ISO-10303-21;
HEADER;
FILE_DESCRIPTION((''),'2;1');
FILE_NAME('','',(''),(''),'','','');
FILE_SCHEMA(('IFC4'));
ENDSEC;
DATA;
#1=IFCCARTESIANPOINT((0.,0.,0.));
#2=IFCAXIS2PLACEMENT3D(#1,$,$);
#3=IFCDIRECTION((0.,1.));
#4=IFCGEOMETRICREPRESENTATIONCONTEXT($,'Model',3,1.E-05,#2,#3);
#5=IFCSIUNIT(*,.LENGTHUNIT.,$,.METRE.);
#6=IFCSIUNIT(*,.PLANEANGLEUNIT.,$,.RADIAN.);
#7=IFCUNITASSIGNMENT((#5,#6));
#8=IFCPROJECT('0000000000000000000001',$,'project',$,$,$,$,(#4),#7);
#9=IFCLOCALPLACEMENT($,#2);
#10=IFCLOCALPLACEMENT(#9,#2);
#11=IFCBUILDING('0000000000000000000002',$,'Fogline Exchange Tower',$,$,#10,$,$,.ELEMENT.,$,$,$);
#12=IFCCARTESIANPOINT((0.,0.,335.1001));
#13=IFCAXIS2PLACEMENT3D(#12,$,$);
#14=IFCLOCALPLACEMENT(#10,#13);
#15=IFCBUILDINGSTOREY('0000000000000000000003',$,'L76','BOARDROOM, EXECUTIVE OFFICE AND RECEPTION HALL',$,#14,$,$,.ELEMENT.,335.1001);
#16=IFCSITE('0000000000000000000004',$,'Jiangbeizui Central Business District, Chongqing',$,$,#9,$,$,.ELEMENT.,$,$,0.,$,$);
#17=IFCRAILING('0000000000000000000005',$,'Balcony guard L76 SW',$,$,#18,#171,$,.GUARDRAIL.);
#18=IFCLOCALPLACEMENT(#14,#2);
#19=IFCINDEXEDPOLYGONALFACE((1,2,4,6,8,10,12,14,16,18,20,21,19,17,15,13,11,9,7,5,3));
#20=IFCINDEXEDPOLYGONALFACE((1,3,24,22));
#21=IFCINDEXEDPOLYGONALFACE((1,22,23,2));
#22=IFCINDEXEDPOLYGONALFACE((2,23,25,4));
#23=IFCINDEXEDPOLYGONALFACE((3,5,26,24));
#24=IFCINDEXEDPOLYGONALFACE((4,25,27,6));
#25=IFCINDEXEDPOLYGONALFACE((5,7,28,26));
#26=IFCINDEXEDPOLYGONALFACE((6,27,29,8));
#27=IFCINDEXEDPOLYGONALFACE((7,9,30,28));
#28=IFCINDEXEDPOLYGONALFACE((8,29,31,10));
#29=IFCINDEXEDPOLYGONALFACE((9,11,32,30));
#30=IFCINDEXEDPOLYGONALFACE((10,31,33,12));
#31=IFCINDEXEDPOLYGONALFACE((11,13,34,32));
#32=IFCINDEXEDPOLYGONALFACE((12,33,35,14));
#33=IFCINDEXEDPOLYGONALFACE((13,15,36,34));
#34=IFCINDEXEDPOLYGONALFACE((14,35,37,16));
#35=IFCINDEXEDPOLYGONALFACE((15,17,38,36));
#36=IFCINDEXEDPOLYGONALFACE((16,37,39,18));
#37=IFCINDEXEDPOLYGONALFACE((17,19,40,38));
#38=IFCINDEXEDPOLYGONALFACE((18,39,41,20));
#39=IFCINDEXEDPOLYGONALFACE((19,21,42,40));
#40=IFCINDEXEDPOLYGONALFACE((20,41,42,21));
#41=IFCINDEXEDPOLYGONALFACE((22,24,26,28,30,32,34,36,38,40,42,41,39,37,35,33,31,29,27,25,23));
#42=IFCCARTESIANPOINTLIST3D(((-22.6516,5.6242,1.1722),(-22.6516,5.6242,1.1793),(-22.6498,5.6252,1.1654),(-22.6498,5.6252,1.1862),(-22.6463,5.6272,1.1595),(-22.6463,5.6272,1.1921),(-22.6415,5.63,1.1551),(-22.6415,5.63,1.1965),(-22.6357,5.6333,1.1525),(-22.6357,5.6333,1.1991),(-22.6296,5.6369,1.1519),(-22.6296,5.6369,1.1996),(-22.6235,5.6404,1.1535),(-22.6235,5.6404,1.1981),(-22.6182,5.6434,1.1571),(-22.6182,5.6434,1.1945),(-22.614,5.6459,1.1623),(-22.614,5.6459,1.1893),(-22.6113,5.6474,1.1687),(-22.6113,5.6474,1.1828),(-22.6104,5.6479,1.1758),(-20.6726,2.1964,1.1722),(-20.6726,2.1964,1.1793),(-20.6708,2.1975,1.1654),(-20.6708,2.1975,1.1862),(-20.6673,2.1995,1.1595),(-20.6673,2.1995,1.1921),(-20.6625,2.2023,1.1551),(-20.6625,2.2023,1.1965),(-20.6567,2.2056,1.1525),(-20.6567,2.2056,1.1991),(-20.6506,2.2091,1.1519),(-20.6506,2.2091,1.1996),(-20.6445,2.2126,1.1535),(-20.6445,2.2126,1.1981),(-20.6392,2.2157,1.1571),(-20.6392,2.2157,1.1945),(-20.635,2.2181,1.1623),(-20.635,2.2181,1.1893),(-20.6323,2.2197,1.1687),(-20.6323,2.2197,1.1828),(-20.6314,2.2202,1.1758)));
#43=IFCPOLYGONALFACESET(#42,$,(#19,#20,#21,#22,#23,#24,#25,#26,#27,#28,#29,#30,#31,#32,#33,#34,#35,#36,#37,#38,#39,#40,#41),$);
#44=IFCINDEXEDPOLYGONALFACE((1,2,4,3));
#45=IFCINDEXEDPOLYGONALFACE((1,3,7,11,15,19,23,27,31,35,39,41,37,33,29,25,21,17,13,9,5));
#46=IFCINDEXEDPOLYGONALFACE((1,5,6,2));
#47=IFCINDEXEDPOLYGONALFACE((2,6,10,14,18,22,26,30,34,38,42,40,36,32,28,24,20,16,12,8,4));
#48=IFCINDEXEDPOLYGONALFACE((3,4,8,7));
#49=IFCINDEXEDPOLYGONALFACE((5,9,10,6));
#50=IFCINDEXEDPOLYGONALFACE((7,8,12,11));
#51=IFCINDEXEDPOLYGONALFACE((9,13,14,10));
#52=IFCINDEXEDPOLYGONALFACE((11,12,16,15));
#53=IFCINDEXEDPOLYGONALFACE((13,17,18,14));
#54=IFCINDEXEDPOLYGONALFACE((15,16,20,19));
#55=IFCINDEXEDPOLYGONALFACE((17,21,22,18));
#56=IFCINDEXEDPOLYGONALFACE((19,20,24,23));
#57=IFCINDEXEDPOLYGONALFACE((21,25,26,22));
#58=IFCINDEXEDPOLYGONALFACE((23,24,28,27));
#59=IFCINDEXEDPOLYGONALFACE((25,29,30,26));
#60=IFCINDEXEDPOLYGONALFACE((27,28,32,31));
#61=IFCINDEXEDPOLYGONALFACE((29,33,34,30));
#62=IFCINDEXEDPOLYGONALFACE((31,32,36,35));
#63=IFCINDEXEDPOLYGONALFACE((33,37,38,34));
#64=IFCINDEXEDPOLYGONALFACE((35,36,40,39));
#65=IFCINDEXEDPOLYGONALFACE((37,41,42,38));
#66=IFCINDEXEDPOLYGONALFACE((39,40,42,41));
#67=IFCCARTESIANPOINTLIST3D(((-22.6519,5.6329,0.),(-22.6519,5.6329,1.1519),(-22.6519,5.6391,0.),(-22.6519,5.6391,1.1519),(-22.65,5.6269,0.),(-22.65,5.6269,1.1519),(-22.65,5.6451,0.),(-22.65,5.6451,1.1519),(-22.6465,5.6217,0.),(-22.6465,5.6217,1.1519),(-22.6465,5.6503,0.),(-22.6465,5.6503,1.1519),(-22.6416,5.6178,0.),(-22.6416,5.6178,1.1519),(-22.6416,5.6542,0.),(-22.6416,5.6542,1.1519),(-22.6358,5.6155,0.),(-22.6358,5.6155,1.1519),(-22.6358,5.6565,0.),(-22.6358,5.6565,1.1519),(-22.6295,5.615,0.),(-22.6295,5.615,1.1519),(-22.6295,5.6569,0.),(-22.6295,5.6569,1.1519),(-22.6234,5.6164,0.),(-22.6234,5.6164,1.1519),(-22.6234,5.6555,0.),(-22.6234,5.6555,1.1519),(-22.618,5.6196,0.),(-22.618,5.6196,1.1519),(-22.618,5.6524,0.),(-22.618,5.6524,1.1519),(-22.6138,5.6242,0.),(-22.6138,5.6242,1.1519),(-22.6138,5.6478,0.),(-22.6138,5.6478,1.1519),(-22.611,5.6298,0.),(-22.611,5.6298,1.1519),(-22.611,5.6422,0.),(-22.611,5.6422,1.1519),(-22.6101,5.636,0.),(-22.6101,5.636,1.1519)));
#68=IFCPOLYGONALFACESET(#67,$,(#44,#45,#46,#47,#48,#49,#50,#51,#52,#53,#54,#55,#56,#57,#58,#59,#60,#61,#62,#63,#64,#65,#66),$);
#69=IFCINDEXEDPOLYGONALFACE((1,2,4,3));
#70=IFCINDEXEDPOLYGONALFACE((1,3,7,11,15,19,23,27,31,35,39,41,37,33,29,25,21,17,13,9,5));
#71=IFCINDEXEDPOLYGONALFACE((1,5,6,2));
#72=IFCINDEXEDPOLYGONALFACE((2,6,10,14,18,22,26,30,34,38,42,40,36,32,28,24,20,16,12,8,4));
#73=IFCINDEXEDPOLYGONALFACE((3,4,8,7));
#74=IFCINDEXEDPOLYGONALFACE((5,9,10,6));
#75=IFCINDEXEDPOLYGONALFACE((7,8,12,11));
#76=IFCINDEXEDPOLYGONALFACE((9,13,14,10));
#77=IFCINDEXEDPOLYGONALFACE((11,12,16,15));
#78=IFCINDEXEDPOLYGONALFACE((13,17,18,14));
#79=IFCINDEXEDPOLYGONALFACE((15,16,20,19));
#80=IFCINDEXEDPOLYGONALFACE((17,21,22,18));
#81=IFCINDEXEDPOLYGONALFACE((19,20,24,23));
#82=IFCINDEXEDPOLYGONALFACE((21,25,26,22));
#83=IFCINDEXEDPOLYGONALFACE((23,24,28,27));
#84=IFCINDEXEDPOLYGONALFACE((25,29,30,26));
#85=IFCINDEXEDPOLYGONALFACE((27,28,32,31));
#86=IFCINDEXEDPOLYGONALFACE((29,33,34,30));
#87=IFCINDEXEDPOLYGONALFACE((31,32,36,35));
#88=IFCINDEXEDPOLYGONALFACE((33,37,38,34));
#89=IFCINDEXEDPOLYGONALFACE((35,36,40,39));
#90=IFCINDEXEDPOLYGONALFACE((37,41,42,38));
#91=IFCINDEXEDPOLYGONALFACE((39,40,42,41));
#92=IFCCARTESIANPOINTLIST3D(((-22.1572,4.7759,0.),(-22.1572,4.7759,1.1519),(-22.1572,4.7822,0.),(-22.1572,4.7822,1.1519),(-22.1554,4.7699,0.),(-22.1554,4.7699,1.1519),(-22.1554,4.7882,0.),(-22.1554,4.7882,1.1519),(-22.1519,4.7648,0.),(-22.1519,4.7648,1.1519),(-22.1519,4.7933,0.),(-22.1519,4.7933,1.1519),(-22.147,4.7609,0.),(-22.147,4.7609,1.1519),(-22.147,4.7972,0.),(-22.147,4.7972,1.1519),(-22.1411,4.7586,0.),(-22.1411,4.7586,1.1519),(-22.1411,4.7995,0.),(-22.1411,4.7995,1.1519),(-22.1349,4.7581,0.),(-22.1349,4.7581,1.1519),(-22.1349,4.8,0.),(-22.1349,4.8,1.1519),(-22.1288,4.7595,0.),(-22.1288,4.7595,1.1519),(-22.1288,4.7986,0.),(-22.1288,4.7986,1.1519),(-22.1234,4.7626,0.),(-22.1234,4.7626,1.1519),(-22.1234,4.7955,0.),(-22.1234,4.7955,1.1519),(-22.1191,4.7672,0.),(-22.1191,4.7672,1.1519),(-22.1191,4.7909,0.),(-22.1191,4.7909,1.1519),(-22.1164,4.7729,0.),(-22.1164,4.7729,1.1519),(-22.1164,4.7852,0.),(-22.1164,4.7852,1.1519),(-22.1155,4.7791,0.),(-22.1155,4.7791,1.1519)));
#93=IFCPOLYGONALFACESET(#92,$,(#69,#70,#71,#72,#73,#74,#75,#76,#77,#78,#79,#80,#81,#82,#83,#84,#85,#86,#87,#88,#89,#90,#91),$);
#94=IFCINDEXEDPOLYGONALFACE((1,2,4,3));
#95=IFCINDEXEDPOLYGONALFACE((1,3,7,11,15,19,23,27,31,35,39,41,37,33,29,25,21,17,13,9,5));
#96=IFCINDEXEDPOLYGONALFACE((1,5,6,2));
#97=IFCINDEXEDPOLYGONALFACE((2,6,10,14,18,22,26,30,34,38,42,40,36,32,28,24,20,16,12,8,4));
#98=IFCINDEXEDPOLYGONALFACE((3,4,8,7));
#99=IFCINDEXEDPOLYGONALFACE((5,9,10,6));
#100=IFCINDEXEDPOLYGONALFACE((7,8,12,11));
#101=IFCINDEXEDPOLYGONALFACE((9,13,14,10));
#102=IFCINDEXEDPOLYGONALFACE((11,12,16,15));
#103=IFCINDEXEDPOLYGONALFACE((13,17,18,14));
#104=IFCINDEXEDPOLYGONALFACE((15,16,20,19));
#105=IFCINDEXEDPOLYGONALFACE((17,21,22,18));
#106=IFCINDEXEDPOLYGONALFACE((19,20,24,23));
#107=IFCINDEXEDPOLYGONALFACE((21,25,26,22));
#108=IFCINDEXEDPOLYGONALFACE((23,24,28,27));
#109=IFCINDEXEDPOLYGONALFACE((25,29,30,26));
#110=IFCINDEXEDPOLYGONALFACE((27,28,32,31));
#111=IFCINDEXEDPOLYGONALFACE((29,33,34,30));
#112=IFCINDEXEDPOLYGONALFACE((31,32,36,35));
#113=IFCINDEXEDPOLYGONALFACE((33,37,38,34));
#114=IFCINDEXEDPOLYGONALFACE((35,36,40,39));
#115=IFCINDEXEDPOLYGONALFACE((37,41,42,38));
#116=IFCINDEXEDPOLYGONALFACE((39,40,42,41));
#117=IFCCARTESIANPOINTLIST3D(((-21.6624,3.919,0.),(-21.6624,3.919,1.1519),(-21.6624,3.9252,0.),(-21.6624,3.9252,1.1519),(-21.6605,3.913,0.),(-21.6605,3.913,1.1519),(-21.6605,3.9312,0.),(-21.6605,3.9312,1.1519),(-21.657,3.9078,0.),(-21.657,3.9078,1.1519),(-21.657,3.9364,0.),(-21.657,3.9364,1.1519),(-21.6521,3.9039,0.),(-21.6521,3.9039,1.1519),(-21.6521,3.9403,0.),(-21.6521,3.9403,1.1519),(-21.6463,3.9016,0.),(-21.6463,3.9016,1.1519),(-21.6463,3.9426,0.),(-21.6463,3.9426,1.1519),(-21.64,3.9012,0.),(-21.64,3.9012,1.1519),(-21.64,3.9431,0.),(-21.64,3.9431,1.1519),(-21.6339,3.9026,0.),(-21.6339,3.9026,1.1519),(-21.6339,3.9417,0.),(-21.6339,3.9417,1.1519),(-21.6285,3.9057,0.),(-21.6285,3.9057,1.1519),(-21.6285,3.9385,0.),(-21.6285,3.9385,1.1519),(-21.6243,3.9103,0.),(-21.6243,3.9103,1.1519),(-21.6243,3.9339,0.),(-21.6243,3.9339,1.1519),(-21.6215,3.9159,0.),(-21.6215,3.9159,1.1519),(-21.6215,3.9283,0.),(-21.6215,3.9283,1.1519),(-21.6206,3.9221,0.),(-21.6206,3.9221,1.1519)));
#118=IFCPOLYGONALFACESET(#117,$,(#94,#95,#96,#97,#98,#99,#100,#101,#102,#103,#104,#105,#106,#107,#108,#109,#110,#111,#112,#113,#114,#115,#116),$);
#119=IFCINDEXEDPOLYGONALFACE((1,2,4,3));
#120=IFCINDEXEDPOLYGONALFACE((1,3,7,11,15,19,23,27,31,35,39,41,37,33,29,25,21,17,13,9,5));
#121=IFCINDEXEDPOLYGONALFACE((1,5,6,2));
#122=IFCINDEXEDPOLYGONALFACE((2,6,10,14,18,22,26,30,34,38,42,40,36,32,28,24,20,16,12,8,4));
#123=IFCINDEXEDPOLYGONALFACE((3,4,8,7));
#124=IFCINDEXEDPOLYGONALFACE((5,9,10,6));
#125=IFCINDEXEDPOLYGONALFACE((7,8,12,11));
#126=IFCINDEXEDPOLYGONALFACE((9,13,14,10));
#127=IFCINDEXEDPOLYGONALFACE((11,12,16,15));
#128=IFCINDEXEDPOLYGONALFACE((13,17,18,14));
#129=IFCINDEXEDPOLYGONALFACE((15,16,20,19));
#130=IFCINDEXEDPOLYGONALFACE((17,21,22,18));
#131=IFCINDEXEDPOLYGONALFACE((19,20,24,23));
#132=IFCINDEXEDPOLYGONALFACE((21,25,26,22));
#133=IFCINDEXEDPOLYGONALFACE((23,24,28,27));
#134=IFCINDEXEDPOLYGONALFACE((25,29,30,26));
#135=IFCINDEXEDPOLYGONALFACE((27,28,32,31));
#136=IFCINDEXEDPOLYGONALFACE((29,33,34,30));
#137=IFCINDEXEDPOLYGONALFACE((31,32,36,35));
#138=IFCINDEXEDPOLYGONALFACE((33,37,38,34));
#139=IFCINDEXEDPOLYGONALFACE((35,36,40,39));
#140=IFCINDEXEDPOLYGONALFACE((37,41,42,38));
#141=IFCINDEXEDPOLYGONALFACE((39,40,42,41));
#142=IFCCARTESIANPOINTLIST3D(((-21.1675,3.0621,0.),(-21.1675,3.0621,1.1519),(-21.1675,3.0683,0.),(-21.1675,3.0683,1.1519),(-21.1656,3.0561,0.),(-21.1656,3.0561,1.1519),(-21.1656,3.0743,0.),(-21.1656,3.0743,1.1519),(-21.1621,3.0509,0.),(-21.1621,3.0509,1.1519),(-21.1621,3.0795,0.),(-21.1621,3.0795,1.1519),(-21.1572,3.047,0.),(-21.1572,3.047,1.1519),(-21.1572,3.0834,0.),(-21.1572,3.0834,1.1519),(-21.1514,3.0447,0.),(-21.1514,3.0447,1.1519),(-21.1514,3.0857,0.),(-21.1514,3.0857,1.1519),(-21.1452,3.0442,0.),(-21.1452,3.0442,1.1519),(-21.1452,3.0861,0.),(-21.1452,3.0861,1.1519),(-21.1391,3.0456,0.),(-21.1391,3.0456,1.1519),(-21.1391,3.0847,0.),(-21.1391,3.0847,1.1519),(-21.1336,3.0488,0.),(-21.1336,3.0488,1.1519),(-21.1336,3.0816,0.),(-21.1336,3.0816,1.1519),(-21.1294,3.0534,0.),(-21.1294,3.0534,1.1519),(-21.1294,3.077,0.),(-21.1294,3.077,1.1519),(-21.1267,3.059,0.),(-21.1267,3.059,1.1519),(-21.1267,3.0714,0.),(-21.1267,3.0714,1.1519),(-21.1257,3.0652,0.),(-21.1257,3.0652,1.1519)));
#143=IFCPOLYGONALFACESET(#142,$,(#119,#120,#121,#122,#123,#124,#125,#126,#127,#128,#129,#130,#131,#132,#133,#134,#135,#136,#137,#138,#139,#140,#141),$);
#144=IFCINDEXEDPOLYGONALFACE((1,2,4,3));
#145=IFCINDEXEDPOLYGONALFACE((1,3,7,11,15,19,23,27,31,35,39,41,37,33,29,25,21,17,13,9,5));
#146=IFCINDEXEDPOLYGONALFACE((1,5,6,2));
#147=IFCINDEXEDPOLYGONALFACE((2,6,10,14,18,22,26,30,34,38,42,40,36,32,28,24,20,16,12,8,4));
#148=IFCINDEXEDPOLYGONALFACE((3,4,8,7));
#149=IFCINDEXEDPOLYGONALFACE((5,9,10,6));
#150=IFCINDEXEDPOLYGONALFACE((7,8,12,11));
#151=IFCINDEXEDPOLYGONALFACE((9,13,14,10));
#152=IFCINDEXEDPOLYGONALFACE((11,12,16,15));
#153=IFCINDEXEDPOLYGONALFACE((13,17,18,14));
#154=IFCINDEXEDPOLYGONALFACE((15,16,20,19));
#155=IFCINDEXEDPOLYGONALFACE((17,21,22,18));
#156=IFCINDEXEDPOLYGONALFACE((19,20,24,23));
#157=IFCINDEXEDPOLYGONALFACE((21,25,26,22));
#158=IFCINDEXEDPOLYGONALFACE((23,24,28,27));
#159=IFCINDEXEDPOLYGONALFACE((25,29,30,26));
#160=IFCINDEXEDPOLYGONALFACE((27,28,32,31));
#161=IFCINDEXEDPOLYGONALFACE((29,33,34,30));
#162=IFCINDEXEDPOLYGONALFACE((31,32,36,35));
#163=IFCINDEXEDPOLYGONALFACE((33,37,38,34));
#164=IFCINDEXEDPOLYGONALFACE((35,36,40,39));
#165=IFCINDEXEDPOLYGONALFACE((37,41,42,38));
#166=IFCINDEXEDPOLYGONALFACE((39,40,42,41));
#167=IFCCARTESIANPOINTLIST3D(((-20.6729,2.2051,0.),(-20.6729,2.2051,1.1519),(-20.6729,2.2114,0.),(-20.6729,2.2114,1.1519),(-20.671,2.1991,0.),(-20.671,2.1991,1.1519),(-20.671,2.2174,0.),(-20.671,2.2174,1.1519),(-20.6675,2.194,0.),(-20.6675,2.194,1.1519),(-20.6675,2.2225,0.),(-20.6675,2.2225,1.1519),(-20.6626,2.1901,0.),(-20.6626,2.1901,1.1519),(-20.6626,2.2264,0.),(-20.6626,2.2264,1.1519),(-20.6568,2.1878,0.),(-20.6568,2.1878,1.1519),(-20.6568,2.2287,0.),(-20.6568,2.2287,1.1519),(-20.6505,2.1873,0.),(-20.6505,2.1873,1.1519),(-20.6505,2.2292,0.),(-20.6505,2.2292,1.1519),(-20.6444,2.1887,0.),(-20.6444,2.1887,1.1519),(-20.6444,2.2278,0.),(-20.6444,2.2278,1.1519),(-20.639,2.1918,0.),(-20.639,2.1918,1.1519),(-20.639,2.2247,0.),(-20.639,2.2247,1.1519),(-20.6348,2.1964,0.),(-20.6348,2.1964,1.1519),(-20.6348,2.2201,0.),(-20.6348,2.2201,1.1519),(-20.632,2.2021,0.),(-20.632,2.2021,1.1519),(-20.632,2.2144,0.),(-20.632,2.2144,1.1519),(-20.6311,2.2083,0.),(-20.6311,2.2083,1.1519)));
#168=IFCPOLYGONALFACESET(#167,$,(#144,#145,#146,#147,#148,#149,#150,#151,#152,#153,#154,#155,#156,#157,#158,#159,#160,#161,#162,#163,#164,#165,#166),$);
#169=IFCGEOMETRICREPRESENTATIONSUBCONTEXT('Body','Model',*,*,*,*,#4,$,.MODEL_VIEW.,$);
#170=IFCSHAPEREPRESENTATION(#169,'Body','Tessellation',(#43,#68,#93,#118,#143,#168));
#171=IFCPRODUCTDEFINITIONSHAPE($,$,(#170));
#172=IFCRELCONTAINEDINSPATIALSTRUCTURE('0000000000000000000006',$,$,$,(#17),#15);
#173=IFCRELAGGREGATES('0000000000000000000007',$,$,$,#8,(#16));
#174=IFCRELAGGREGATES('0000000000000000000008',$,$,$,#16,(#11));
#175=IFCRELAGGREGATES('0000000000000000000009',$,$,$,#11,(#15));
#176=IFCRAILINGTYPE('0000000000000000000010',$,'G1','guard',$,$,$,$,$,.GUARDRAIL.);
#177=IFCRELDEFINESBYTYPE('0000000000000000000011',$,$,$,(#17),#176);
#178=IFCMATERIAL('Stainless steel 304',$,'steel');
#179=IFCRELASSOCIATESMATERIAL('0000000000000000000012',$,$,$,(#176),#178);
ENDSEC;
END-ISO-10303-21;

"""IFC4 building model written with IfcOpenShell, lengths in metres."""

from ifc_helpers import new_model, si_unit, direction, frame, origin, origin_2d, place, context, subcontext, project, spatial, circle, extrude, material, type_object, element, save


model = new_model("IFC4")

# Units and contexts
model_context = context("Model", 3, precision=1e-05, world=origin(), true_north=direction((0.0, 1.0)))
body_context = subcontext(model_context, "Body", "Model", "MODEL_VIEW")
ifc_project = project(units=[si_unit("LENGTHUNIT", "METRE"), si_unit("PLANEANGLEUNIT", "RADIAN")], contexts=[model_context])

# Site, building, storey
site_placement = place(None, origin())
site = spatial("IfcSite", under=ifc_project, at=site_placement, Name="Jiangbeizui Central Business District, Chongqing", CompositionType="ELEMENT", RefElevation=0.0)
building_placement = place(site_placement, origin())
building = spatial("IfcBuilding", under=site, at=building_placement, Name="Fogline Exchange Tower", CompositionType="ELEMENT")
storey_placement = place(building_placement, frame((0.0, 0.0, 335.1001)))
storey = spatial("IfcBuildingStorey", under=building, at=storey_placement, Name="L76", Description="BOARDROOM, EXECUTIVE OFFICE AND RECEPTION HALL", CompositionType="ELEMENT", Elevation=335.1001)

# Railing
ifc_material_1 = material(Name="Stainless steel 304", Category="steel")
railing_type = type_object("IfcRailingType", Name="G1", Description="guard", PredefinedType="GUARDRAIL", material=ifc_material_1)
railing_placement = place(storey_placement, frame((-22.6311, 5.636, 0.0)))
element("IfcRailing", 1, at=railing_placement, inside=storey, type_object=railing_type, Name="Balcony guard L76 SW", PredefinedType="GUARDRAIL", context=body_context, shape_type="SweptSolid", body=[
    extrude(circle(Radius=0.0239, at=origin_2d()), frame((0.0, 0.0, 1.1758), z_axis=(0.5, -0.866025, 0.0), x_axis=(0.866025, 0.5, 0.0)), (0.0, 0.0, 1.0), 3.958),
    extrude(circle(Radius=0.021, at=origin_2d()), origin(), (0.0, 0.0, 1.0), 1.1519),
    extrude(circle(Radius=0.021, at=origin_2d()), frame((0.4946, -0.8569, 0.0)), (0.0, 0.0, 1.0), 1.1519),
    extrude(circle(Radius=0.021, at=origin_2d()), frame((0.9895, -1.7139, 0.0)), (0.0, 0.0, 1.0), 1.1519),
    extrude(circle(Radius=0.021, at=origin_2d()), frame((1.4844, -2.5708, 0.0)), (0.0, 0.0, 1.0), 1.1519),
    extrude(circle(Radius=0.021, at=origin_2d()), frame((1.979, -3.4277, 0.0)), (0.0, 0.0, 1.0), 1.1519),
])

save(model, "model.ifc")
